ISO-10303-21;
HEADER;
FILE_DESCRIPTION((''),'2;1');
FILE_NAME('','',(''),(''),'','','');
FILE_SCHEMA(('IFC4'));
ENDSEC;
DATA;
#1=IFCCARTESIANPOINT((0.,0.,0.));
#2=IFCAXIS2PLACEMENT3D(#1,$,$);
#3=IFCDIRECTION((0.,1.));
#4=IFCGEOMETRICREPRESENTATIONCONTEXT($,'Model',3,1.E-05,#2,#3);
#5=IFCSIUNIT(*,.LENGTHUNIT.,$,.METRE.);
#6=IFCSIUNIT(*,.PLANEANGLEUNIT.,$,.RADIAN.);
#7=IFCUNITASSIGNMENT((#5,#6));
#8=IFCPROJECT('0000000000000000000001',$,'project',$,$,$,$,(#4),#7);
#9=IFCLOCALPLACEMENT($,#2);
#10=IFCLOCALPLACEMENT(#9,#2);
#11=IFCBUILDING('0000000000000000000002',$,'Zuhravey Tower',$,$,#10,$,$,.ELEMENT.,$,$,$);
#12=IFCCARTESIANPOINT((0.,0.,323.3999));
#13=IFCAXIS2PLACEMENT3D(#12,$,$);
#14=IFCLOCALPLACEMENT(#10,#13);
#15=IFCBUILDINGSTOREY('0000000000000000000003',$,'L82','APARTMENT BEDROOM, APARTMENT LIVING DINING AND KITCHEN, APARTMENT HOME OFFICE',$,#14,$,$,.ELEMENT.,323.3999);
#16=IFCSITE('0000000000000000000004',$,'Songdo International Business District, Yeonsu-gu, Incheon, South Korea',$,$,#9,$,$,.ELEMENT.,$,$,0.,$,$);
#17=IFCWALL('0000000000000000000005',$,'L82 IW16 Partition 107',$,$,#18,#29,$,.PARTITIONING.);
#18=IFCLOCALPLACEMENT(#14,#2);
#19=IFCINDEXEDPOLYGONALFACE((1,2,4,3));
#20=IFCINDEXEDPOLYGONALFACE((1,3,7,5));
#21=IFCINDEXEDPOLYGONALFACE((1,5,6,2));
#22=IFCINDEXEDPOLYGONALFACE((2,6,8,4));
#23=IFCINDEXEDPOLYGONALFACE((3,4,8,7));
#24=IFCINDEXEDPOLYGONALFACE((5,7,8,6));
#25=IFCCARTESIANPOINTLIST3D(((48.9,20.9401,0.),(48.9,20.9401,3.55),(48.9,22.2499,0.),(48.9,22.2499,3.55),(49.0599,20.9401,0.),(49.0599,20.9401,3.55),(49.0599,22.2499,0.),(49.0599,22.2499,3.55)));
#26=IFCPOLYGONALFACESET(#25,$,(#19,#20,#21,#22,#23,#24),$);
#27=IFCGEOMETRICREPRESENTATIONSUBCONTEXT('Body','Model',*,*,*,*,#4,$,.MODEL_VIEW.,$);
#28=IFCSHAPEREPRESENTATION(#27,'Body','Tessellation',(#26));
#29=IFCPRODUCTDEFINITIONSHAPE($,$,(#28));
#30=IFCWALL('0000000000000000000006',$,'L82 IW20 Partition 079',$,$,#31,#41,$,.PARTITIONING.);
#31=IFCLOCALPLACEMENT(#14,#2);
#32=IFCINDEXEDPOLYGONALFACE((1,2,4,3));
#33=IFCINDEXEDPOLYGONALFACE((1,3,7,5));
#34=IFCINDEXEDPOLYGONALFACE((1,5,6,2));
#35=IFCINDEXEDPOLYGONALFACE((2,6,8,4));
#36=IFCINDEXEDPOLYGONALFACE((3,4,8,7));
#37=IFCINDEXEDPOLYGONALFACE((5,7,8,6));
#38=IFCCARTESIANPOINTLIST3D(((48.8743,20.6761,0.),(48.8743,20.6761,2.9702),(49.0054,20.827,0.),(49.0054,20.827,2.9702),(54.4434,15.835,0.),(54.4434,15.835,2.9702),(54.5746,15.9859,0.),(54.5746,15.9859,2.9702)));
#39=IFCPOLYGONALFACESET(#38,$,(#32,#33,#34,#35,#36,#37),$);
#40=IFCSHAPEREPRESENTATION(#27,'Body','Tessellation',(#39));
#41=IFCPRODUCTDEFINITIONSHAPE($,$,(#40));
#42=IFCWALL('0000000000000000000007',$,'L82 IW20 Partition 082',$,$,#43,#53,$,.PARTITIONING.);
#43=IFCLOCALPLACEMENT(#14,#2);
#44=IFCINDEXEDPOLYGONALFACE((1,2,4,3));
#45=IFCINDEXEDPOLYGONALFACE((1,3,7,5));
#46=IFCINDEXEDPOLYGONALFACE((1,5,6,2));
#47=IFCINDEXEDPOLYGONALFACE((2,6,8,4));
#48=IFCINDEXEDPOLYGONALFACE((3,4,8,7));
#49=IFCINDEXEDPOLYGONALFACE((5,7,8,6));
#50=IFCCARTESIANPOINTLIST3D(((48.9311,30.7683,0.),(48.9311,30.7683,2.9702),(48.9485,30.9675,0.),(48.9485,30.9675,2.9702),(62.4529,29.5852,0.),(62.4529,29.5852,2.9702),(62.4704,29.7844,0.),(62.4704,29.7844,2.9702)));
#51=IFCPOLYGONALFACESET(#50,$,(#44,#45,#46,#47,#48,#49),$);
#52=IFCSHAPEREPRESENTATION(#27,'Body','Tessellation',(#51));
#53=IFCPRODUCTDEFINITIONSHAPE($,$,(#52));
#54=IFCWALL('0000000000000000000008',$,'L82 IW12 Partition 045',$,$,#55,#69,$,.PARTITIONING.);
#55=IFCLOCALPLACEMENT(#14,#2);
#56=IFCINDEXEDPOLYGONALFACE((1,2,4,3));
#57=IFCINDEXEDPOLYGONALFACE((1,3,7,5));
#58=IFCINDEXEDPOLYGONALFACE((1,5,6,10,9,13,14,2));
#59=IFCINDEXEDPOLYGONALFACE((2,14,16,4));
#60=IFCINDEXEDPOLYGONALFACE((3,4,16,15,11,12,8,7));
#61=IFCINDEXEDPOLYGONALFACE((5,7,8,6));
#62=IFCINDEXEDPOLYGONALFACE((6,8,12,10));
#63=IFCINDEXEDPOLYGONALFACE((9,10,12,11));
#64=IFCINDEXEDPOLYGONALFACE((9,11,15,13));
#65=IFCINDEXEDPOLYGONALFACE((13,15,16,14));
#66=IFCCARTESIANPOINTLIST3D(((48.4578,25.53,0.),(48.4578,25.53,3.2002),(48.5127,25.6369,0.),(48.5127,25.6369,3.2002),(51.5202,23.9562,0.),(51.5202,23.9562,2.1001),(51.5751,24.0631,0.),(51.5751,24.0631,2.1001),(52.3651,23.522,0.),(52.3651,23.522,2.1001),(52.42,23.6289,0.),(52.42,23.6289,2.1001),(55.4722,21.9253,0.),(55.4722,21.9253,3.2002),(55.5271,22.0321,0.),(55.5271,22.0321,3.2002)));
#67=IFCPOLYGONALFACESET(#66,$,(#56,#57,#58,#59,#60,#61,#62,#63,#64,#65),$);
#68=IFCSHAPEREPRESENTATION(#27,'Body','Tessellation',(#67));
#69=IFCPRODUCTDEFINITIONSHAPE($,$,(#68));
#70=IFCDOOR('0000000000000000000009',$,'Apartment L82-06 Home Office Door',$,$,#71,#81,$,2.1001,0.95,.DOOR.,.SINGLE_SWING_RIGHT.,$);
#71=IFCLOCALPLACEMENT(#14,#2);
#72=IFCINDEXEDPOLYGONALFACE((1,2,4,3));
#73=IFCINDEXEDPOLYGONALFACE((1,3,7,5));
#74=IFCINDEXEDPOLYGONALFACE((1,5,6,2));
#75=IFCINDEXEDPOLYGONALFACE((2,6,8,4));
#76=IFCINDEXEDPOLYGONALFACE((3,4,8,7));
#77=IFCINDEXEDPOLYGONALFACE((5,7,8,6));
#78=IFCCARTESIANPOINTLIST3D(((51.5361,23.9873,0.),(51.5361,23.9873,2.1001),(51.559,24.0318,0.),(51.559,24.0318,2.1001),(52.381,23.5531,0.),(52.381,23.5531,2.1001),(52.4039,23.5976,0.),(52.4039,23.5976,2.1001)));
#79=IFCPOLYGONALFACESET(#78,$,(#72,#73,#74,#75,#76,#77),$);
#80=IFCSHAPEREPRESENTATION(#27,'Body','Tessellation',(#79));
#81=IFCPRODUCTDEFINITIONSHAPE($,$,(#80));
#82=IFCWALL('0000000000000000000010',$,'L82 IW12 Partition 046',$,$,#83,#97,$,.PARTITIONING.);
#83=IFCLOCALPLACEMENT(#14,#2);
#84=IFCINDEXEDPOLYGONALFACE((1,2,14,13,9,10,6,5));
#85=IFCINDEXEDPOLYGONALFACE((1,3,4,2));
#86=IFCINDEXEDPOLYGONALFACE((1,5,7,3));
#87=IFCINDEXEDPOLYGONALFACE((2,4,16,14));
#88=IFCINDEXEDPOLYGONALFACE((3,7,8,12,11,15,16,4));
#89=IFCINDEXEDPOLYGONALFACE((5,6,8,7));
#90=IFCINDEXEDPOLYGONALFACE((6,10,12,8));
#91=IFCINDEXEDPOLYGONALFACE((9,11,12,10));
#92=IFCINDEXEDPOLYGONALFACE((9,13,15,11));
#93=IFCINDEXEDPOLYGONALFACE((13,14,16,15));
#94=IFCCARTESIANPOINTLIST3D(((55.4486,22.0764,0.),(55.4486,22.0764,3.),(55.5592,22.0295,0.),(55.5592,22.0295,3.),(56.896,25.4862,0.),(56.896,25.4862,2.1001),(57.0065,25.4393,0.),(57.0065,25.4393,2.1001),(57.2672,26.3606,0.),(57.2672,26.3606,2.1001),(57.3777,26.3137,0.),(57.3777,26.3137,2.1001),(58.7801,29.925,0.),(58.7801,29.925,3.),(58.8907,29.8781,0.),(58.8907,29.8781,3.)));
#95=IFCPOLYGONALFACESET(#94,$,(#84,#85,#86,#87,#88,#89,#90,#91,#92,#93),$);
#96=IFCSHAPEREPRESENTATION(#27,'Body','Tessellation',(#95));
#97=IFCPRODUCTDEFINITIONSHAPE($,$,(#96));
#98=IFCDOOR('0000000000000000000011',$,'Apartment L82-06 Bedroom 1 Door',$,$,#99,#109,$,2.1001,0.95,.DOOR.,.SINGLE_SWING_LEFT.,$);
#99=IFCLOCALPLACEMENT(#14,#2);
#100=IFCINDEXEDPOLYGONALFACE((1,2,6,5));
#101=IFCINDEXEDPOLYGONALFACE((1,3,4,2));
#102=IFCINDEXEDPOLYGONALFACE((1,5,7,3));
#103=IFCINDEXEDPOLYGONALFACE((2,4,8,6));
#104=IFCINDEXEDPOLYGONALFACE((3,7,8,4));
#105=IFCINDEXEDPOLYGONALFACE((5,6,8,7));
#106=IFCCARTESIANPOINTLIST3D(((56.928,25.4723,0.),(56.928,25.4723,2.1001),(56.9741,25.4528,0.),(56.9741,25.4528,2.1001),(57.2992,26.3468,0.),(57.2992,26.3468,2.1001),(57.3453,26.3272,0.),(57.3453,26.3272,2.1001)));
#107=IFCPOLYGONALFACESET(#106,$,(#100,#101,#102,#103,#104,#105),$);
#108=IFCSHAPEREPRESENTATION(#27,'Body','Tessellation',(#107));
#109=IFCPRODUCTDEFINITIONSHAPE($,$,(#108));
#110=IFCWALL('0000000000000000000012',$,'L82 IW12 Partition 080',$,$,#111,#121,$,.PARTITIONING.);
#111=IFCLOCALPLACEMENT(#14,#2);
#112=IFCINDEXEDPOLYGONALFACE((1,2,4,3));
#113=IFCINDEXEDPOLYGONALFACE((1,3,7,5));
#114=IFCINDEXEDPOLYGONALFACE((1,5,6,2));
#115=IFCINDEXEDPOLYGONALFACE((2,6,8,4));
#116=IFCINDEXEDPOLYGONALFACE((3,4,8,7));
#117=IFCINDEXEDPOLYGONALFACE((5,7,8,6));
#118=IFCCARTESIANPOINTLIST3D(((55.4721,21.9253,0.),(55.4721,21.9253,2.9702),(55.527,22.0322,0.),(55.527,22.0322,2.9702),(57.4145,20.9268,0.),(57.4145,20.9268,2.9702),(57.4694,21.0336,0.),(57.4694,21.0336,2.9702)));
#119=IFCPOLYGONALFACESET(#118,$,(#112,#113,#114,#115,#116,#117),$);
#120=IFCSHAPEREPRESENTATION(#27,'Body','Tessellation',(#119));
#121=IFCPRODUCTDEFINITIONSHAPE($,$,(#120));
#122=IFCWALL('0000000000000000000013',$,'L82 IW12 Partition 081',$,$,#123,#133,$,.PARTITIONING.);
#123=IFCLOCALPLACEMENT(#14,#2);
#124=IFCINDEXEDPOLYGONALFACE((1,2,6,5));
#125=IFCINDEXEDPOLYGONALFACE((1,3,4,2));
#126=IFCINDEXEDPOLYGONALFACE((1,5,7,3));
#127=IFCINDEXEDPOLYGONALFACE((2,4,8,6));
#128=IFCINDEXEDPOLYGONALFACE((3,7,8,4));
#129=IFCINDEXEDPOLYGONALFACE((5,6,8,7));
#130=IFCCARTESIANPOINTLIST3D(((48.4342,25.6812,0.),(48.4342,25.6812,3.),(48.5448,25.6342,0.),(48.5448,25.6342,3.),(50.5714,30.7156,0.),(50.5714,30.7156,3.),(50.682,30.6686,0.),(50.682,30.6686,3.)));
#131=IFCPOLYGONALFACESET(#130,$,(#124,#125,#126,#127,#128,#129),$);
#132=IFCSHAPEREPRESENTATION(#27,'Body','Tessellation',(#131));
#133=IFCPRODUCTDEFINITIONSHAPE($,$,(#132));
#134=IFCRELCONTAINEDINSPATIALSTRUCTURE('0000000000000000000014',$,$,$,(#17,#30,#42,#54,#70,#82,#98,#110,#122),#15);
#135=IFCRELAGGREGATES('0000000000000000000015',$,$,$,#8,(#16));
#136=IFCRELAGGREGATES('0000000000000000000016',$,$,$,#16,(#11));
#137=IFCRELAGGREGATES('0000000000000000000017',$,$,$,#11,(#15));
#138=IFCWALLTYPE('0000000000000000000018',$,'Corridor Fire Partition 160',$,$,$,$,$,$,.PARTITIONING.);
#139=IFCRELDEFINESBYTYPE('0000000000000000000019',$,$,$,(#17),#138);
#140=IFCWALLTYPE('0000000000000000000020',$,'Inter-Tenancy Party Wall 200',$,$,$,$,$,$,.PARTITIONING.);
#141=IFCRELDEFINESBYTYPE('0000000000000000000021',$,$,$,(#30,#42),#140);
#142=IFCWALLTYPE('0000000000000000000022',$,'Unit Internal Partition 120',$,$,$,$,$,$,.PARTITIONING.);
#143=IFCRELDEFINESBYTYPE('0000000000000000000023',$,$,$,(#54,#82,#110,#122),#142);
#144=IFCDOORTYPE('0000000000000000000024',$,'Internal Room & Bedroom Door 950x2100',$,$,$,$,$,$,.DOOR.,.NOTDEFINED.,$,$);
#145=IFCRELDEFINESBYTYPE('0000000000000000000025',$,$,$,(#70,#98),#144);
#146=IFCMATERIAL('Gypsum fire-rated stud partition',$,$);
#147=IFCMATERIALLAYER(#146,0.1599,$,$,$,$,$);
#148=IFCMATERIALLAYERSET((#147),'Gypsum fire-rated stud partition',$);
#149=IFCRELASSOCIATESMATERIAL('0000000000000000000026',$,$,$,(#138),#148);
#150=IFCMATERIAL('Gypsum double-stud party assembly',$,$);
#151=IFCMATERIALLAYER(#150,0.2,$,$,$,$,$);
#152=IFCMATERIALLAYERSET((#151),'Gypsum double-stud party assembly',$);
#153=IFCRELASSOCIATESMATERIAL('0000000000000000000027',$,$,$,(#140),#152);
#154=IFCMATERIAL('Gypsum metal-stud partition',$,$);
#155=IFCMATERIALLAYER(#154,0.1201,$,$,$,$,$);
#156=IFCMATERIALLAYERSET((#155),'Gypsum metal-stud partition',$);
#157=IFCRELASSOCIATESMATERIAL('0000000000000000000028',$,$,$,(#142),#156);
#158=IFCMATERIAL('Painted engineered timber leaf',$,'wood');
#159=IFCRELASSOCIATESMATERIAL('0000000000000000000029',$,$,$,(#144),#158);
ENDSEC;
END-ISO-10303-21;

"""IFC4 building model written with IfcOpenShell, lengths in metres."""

from ifc_helpers import new_model, si_unit, direction, frame, frame_2d, origin, place, context, subcontext, project, spatial, rectangle, extrude, material, layer, layer_set, type_object, element, fill, save


model = new_model("IFC4")

# Units and contexts
model_context = context("Model", 3, precision=1e-05, world=origin(), true_north=direction((0.0, 1.0)))
body_context = subcontext(model_context, "Body", "Model", "MODEL_VIEW")
ifc_project = project(units=[si_unit("LENGTHUNIT", "METRE"), si_unit("PLANEANGLEUNIT", "RADIAN")], contexts=[model_context])

# Site, building, storey
site_placement = place(None, origin())
site = spatial("IfcSite", under=ifc_project, at=site_placement, Name="Songdo International Business District, Yeonsu-gu, Incheon, South Korea", CompositionType="ELEMENT", RefElevation=0.0)
building_placement = place(site_placement, origin())
building = spatial("IfcBuilding", under=site, at=building_placement, Name="Zuhravey Tower", CompositionType="ELEMENT")
storey_placement = place(building_placement, frame((0.0, 0.0, 323.3999)))
storey = spatial("IfcBuildingStorey", under=building, at=storey_placement, Name="L82", Description="APARTMENT BEDROOM, APARTMENT LIVING DINING AND KITCHEN, APARTMENT HOME OFFICE", CompositionType="ELEMENT", Elevation=323.3999)

# Shared definitions
ifc_material_1 = material(Name="Gypsum fire-rated stud partition")
ifc_layer_1 = layer(ifc_material_1, 0.1599)
ifc_layer_set_1 = layer_set([ifc_layer_1], Name="Gypsum fire-rated stud partition")
wall_type_1 = type_object("IfcWallType", Name="Corridor Fire Partition 160", PredefinedType="PARTITIONING", material=ifc_layer_set_1)

# Walls
wall_1_placement = place(storey_placement, frame((48.98, 20.9402, 0.0), z_axis=(0.0, 0.0, 1.0), x_axis=(0.0, 1.0, 0.0)))
element("IfcWall", 1, at=wall_1_placement, inside=storey, type_object=wall_type_1, Name="L82 IW16 Partition 107", PredefinedType="PARTITIONING", context=body_context, shape_type="SweptSolid", body=[
    extrude(rectangle(XDim=1.3098, YDim=0.1599, at=frame_2d((0.6548, 0.0))), origin(), (0.0, 0.0, 1.0), 3.55),
])
ifc_material_2 = material(Name="Gypsum double-stud party assembly")
ifc_layer_2 = layer(ifc_material_2, 0.2)
ifc_layer_set_2 = layer_set([ifc_layer_2], Name="Gypsum double-stud party assembly")
wall_type_2 = type_object("IfcWallType", Name="Inter-Tenancy Party Wall 200", PredefinedType="PARTITIONING", material=ifc_layer_set_2)
wall_2_placement = place(storey_placement, frame((48.9399, 20.7515, 0.0), z_axis=(0.0, 0.0, 1.0), x_axis=(0.754714, -0.656053, 0.0)))
element("IfcWall", 2, at=wall_2_placement, inside=storey, type_object=wall_type_2, Name="L82 IW20 Partition 079", PredefinedType="PARTITIONING", context=body_context, shape_type="SweptSolid", body=[
    extrude(rectangle(XDim=7.3792, YDim=0.2, at=frame_2d((3.6895, 0.0))), origin(), (0.0, 0.0, 1.0), 2.9702),
])
wall_3_placement = place(storey_placement, frame((48.9399, 30.8679, 0.0), z_axis=(0.0, 0.0, 1.0), x_axis=(0.996194, -0.087164, 0.0)))
element("IfcWall", 3, at=wall_3_placement, inside=storey, type_object=wall_type_2, Name="L82 IW20 Partition 082", PredefinedType="PARTITIONING", context=body_context, shape_type="SweptSolid", body=[
    extrude(rectangle(XDim=13.5735, YDim=0.2, at=frame_2d((6.7866, 0.0))), origin(), (0.0, 0.0, 1.0), 2.9702),
])

# Walls, openings, doors
ifc_material_3 = material(Name="Gypsum metal-stud partition")
ifc_layer_3 = layer(ifc_material_3, 0.1201)
ifc_layer_set_3 = layer_set([ifc_layer_3], Name="Gypsum metal-stud partition")
wall_type_3 = type_object("IfcWallType", Name="Unit Internal Partition 120", PredefinedType="PARTITIONING", material=ifc_layer_set_3)
wall_4_placement = place(storey_placement, frame((48.4851, 25.5835, 0.0), z_axis=(0.0, 0.0, 1.0), x_axis=(0.889426, -0.45708, 0.0)))
wall_4 = element("IfcWall", 4, at=wall_4_placement, inside=storey, type_object=wall_type_3, Name="L82 IW12 Partition 045", PredefinedType="PARTITIONING", context=body_context, shape_type="SweptSolid", body=[
    extrude(rectangle(XDim=7.8865, YDim=0.1201, at=frame_2d((3.9434, 0.0))), origin(), (0.0, 0.0, 1.0), 3.2002),
])
opening_1_placement = place(wall_4_placement, frame((3.4431, 0.0, 0.0)))
opening_1 = element("IfcOpeningElement", 5, at=opening_1_placement, cuts=wall_4, PredefinedType="OPENING", context=body_context, shape_type="SweptSolid", body=[
    extrude(rectangle(XDim=0.95, YDim=2.1001, at=frame_2d((0.4751, 1.05))), frame((0.0, 0.072, 0.0), z_axis=(0.0, -1.0, 0.0), x_axis=(1.0, 0.0, 0.0)), (0.0, 0.0, 1.0), 0.144),
])
ifc_material_4 = material(Name="Painted engineered timber leaf", Category="wood")
door_type_1 = type_object("IfcDoorType", Name="Internal Room & Bedroom Door 950x2100", OperationType="NOTDEFINED", PredefinedType="DOOR", material=ifc_material_4)
door_1_placement = place(opening_1_placement, origin())
door_1 = element("IfcDoor", 6, at=door_1_placement, inside=storey, type_object=door_type_1, Name="Apartment L82-06 Home Office Door", OperationType="SINGLE_SWING_RIGHT", OverallHeight=2.1001, OverallWidth=0.95, PredefinedType="DOOR", context=body_context, shape_type="SweptSolid", body=[
    extrude(rectangle(XDim=0.95, YDim=2.1001, at=frame_2d((0.4751, 1.05))), frame((0.0, 0.0249, 0.0), z_axis=(0.0, -1.0, 0.0), x_axis=(1.0, 0.0, 0.0)), (0.0, 0.0, 1.0), 0.05),
])
fill(opening_1, door_1)
wall_5_placement = place(storey_placement, frame((55.5039, 22.053, 0.0), z_axis=(0.0, 0.0, 1.0), x_axis=(0.390731, 0.920505, 0.0)))
wall_5 = element("IfcWall", 7, at=wall_5_placement, inside=storey, type_object=wall_type_3, Name="L82 IW12 Partition 046", PredefinedType="PARTITIONING", context=body_context, shape_type="SweptSolid", body=[
    extrude(rectangle(XDim=8.5264, YDim=0.1201, at=frame_2d((4.2632, 0.0))), origin(), (0.0, 0.0, 1.0), 3.0),
])
opening_2_placement = place(wall_5_placement, frame((3.7041, 0.0, 0.0)))
opening_2 = element("IfcOpeningElement", 8, at=opening_2_placement, cuts=wall_5, PredefinedType="OPENING", context=body_context, shape_type="SweptSolid", body=[
    extrude(rectangle(XDim=0.95, YDim=2.1001, at=frame_2d((0.4751, 1.05))), frame((0.0, 0.072, 0.0), z_axis=(0.0, -1.0, 0.0), x_axis=(1.0, 0.0, 0.0)), (0.0, 0.0, 1.0), 0.144),
])
door_2_placement = place(opening_2_placement, frame((0.95, 0.0, 0.0), z_axis=(0.0, 0.0, 1.0), x_axis=(-1.0, 0.0, 0.0)))
door_2 = element("IfcDoor", 9, at=door_2_placement, inside=storey, type_object=door_type_1, Name="Apartment L82-06 Bedroom 1 Door", OperationType="SINGLE_SWING_LEFT", OverallHeight=2.1001, OverallWidth=0.95, PredefinedType="DOOR", context=body_context, shape_type="SweptSolid", body=[
    extrude(rectangle(XDim=0.95, YDim=2.1001, at=frame_2d((0.4751, 1.05))), frame((0.0, 0.0249, 0.0), z_axis=(0.0, -1.0, 0.0), x_axis=(1.0, 0.0, 0.0)), (0.0, 0.0, 1.0), 0.05),
])
fill(opening_2, door_2)

# Walls
wall_6_placement = place(storey_placement, frame((55.4995, 21.9788, 0.0), z_axis=(0.0, 0.0, 1.0), x_axis=(0.889363, -0.457202, 0.0)))
element("IfcWall", 10, at=wall_6_placement, inside=storey, type_object=wall_type_3, Name="L82 IW12 Partition 080", PredefinedType="PARTITIONING", context=body_context, shape_type="SweptSolid", body=[
    extrude(rectangle(XDim=2.1841, YDim=0.1201, at=frame_2d((1.092, 0.0))), origin(), (0.0, 0.0, 1.0), 2.9702),
])
wall_7_placement = place(storey_placement, frame((48.4895, 25.6577, 0.0), z_axis=(0.0, 0.0, 1.0), x_axis=(0.390765, 0.92049, 0.0)))
element("IfcWall", 11, at=wall_7_placement, inside=storey, type_object=wall_type_3, Name="L82 IW12 Partition 081", PredefinedType="PARTITIONING", context=body_context, shape_type="SweptSolid", body=[
    extrude(rectangle(XDim=5.4692, YDim=0.1201, at=frame_2d((2.7346, 0.0))), origin(), (0.0, 0.0, 1.0), 3.0),
])

save(model, "model.ifc")
